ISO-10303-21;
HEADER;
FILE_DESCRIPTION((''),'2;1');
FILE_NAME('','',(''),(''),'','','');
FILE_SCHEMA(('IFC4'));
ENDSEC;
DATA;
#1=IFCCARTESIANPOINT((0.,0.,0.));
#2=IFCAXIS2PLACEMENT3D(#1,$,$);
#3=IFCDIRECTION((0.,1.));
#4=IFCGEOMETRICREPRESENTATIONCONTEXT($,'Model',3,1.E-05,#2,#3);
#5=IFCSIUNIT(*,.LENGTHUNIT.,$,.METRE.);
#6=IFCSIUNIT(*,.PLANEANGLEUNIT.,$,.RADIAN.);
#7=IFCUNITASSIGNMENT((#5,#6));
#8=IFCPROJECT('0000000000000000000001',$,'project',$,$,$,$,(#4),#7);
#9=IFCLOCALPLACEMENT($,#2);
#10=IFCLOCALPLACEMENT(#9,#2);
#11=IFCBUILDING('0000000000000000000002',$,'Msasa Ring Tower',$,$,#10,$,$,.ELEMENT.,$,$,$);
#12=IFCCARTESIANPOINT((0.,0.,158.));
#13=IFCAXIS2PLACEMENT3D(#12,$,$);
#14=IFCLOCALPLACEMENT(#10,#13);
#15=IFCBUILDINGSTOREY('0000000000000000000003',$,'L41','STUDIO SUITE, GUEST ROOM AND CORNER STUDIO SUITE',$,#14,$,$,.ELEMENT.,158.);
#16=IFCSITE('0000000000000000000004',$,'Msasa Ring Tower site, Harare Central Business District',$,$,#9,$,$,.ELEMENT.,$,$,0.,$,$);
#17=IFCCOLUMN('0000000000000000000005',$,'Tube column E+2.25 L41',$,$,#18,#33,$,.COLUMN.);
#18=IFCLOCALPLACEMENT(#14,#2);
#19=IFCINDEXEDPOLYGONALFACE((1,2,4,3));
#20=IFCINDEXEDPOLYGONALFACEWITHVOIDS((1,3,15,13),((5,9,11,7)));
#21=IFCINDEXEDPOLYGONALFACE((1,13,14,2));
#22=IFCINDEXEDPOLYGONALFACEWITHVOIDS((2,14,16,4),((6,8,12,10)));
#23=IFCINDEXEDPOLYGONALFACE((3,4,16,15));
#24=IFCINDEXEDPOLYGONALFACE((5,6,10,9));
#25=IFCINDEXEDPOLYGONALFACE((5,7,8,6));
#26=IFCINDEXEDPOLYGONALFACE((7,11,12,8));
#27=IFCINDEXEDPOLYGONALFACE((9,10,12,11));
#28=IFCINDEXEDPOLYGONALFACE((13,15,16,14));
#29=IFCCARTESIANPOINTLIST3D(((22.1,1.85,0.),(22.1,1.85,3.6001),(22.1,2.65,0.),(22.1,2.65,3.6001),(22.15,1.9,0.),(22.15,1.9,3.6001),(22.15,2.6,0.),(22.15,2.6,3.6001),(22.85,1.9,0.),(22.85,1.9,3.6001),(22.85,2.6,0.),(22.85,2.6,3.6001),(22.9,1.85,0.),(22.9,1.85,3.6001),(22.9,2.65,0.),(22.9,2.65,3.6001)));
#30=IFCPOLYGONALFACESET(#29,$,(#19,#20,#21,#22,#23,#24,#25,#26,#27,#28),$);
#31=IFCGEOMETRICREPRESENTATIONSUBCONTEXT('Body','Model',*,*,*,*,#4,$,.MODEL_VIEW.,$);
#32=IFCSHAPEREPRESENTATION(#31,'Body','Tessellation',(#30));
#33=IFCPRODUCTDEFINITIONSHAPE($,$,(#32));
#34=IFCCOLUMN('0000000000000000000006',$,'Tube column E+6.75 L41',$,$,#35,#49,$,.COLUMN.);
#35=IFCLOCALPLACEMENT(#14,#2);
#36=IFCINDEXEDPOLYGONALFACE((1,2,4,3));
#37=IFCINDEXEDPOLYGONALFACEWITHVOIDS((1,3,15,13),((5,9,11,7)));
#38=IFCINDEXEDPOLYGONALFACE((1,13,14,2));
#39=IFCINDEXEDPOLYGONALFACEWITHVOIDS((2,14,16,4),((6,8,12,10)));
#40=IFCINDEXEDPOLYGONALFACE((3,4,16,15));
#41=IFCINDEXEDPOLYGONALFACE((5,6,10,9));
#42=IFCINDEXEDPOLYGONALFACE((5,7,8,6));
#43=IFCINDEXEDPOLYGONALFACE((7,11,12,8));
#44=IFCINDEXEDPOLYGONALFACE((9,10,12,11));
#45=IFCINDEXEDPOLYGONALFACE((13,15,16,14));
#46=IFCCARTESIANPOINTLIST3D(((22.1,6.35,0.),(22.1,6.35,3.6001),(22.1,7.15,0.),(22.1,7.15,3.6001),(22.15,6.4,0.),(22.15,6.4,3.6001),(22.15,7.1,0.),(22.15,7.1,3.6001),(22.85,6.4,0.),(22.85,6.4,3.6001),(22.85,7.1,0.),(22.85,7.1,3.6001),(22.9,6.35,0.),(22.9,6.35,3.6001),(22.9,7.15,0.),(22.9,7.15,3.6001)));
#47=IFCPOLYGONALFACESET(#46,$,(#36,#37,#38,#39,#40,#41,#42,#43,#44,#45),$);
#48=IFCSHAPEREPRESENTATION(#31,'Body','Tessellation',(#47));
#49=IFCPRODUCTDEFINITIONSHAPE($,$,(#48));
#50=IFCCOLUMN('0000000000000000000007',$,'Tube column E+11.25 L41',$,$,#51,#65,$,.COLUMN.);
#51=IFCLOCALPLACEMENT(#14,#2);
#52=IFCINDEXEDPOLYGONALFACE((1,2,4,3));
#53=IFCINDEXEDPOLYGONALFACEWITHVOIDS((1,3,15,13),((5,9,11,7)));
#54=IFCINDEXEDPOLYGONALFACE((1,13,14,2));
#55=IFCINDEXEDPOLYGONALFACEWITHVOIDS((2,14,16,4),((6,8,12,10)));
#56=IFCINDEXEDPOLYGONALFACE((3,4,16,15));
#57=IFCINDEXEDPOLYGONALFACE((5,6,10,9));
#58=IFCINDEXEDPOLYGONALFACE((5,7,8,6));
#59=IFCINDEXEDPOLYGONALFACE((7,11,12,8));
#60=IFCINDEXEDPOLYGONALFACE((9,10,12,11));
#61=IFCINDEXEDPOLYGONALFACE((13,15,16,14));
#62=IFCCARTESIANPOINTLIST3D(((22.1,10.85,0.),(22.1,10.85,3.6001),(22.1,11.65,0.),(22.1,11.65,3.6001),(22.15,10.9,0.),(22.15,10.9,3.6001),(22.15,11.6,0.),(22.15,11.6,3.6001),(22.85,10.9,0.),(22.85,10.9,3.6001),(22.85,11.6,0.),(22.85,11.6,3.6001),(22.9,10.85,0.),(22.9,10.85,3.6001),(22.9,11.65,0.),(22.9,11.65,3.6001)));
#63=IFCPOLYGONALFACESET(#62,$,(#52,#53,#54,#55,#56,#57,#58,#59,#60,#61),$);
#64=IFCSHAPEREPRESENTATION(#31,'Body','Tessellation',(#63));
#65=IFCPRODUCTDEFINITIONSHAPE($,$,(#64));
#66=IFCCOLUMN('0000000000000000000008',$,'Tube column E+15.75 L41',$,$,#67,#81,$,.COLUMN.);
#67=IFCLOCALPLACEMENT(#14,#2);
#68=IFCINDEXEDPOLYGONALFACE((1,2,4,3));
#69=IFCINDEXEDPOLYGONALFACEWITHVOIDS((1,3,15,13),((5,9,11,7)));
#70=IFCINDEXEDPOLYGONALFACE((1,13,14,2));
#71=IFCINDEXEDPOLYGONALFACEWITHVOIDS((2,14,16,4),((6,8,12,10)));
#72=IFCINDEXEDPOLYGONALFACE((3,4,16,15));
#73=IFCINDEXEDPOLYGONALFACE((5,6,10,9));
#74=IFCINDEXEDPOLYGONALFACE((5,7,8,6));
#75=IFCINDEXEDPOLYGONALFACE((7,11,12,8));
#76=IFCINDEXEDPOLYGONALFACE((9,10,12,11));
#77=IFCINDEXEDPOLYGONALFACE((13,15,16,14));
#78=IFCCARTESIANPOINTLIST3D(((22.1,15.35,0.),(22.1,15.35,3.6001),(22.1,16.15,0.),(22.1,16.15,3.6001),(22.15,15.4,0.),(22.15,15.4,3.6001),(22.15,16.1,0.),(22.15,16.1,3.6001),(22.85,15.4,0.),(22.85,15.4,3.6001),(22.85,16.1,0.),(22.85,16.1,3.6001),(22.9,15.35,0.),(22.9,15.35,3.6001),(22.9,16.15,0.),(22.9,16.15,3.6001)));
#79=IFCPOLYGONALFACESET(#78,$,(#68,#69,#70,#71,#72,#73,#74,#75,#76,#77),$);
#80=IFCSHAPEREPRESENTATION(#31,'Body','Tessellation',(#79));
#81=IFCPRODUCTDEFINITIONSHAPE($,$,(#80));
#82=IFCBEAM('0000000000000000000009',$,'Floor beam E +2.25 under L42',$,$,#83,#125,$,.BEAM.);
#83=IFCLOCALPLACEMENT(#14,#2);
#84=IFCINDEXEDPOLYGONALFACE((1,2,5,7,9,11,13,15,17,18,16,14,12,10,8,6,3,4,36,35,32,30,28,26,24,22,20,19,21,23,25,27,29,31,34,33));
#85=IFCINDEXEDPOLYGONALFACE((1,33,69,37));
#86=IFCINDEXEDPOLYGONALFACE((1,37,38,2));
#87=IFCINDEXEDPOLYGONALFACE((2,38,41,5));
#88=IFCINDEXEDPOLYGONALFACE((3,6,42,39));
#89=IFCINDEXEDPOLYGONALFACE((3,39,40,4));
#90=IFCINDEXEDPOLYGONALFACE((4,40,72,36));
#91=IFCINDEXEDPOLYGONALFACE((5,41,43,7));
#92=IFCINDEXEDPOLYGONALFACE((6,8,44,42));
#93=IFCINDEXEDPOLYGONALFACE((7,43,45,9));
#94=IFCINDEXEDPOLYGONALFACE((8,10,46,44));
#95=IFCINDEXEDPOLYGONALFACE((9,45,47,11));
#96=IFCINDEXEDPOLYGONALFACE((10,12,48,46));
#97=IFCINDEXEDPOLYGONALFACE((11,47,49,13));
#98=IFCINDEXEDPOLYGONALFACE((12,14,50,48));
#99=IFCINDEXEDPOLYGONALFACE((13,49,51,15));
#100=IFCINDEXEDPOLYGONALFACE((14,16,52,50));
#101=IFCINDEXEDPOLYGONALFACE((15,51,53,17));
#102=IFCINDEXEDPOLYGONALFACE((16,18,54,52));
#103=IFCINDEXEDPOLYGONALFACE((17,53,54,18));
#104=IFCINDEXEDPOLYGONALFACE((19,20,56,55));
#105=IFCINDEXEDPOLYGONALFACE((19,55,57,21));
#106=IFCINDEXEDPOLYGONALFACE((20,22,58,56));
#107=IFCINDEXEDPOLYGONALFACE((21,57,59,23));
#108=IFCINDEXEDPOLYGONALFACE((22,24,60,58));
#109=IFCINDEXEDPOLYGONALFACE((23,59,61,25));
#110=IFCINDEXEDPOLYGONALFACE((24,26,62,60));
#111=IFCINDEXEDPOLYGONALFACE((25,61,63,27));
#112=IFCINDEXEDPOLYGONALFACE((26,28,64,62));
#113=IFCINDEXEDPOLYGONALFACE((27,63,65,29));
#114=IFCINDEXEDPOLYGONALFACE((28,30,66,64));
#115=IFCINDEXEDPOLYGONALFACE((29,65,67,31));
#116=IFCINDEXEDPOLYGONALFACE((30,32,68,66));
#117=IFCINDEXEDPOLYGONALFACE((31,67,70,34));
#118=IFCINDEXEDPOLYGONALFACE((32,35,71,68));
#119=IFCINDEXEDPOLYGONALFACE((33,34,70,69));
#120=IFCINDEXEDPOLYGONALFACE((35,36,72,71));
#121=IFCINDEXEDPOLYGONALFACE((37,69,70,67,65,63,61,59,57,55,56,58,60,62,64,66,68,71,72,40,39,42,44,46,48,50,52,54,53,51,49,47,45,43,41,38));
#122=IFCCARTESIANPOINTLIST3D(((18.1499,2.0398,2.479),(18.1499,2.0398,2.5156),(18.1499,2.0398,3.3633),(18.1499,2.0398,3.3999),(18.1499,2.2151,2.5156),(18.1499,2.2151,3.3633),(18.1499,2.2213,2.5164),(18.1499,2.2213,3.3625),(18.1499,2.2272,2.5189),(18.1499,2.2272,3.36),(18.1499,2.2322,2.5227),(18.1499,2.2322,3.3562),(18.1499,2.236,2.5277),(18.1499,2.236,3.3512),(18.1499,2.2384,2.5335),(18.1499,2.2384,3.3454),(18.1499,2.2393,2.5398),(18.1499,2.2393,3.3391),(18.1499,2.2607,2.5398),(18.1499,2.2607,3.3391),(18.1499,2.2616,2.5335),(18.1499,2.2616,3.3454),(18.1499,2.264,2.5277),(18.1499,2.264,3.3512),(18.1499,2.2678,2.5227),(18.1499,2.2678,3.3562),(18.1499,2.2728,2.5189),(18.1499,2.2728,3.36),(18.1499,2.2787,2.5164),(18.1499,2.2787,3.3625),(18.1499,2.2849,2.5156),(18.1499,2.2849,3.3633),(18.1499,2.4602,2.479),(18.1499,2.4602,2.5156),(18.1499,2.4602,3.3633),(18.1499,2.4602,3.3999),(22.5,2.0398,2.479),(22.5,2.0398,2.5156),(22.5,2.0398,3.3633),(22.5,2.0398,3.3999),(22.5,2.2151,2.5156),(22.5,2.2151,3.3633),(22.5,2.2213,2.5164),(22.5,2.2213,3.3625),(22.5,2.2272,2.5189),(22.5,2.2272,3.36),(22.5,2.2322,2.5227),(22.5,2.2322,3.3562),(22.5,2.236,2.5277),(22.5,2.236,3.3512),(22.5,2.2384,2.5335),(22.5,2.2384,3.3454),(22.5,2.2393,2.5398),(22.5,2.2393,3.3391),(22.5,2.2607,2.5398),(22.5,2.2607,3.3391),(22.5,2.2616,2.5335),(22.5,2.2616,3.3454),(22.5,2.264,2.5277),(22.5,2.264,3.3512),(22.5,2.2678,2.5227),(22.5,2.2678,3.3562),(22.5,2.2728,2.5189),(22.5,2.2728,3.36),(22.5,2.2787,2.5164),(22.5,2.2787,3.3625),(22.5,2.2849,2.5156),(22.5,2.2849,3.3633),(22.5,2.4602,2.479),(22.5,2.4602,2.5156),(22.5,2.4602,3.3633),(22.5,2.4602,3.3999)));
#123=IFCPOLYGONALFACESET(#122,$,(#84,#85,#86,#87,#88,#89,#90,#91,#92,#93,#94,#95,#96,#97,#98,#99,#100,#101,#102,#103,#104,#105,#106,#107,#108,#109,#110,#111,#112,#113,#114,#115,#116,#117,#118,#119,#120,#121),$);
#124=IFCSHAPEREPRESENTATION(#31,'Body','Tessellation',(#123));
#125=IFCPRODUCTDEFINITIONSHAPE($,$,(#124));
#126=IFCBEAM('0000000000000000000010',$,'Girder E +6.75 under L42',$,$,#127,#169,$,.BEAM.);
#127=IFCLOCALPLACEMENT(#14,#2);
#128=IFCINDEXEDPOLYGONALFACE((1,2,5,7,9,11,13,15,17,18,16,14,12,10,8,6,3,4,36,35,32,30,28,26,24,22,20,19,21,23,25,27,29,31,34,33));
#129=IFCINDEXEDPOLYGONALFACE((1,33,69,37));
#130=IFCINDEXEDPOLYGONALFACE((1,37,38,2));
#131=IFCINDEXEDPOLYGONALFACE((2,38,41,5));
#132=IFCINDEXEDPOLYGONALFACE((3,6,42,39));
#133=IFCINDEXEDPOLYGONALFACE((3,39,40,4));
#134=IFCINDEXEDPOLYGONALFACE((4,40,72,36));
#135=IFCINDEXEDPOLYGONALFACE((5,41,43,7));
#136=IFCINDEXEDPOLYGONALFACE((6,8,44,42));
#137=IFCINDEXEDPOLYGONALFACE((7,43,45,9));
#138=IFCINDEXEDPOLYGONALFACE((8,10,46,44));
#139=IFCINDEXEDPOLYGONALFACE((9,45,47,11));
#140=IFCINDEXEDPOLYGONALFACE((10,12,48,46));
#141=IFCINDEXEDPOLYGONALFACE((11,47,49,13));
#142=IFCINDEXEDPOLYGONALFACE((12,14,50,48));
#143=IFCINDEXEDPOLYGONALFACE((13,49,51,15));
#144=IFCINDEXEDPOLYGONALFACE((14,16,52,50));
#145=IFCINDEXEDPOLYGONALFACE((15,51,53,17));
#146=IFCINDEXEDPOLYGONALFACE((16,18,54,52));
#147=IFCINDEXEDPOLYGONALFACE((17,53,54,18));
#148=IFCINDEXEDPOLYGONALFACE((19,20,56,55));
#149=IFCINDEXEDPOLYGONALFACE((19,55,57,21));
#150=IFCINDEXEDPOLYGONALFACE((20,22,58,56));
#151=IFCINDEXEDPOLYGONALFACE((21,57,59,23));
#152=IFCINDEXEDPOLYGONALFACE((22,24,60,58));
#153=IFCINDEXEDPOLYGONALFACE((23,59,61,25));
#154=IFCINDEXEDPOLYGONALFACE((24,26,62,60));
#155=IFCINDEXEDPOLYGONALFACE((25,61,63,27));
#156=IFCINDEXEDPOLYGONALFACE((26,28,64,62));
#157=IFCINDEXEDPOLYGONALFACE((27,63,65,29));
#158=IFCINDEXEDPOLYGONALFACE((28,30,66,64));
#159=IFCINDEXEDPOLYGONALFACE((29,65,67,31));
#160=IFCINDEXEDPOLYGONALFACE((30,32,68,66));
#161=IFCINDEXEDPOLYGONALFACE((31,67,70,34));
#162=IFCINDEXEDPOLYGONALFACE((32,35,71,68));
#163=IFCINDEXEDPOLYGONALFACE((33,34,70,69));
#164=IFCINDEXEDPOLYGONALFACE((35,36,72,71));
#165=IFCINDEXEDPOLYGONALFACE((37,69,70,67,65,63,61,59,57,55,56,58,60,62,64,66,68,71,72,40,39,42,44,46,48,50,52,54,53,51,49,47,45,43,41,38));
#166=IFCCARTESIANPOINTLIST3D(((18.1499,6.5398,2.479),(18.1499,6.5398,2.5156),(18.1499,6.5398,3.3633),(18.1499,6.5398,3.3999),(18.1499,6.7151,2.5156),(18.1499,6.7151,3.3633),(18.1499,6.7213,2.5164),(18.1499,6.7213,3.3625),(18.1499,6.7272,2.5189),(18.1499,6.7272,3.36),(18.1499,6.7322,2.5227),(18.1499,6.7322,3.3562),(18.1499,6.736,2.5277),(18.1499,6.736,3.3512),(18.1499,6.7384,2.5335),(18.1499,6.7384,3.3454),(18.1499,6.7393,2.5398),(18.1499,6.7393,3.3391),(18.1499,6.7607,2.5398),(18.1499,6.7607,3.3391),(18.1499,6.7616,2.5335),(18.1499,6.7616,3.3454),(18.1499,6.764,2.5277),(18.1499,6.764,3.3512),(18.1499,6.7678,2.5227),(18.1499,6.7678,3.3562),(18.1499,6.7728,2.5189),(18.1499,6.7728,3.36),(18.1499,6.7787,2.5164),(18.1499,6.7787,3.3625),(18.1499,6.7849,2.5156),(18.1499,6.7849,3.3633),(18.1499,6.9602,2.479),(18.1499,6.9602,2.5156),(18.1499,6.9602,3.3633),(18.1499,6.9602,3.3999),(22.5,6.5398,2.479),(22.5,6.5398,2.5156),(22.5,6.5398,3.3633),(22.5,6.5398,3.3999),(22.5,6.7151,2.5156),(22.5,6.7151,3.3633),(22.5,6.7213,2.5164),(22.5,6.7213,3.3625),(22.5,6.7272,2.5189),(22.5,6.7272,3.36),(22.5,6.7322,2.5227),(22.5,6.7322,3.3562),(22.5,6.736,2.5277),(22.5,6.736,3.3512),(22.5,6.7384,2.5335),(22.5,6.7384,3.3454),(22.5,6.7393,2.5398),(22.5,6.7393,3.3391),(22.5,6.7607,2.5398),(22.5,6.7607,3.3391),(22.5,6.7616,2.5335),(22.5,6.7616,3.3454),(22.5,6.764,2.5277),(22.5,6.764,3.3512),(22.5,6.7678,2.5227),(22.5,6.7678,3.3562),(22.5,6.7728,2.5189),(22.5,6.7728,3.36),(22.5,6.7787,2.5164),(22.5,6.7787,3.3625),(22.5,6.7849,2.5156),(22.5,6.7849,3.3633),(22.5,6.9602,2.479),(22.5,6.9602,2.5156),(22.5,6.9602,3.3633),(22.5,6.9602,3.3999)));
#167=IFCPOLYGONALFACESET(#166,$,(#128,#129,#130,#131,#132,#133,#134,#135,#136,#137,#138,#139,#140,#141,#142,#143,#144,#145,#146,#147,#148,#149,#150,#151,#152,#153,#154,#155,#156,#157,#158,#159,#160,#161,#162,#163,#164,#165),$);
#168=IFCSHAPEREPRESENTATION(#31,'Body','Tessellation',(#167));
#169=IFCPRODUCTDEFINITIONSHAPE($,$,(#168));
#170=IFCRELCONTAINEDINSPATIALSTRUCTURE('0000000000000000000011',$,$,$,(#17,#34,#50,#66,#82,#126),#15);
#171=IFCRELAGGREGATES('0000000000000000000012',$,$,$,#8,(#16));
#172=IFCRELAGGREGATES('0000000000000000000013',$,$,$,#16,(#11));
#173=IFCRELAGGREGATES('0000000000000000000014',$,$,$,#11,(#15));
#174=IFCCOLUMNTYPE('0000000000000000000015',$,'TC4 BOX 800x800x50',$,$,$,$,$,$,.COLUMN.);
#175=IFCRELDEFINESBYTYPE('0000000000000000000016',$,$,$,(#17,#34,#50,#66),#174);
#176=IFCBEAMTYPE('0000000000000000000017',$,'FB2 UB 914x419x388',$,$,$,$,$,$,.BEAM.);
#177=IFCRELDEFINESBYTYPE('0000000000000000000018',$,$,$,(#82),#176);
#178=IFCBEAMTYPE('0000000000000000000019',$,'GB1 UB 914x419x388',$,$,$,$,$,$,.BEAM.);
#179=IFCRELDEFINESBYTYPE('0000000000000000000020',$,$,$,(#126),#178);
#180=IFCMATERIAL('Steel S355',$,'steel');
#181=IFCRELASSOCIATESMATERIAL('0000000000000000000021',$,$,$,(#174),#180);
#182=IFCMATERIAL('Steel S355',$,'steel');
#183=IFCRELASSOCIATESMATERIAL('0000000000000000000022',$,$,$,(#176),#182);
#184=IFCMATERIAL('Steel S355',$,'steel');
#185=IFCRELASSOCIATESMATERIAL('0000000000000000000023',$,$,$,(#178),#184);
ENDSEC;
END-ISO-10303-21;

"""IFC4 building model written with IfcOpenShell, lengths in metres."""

from ifc_helpers import new_model, si_unit, direction, frame, origin, origin_2d, place, context, subcontext, project, spatial, hollow_rectangle, i_section, extrude, material, material_profile, profile_set, type_object, element, save


model = new_model("IFC4")

# Units and contexts
model_context = context("Model", 3, precision=1e-05, world=origin(), true_north=direction((0.0, 1.0)))
body_context = subcontext(model_context, "Body", "Model", "MODEL_VIEW")
ifc_project = project(units=[si_unit("LENGTHUNIT", "METRE"), si_unit("PLANEANGLEUNIT", "RADIAN")], contexts=[model_context])

# Site, building, storey
site_placement = place(None, origin())
site = spatial("IfcSite", under=ifc_project, at=site_placement, Name="Msasa Ring Tower site, Harare Central Business District", CompositionType="ELEMENT", RefElevation=0.0)
building_placement = place(site_placement, origin())
building = spatial("IfcBuilding", under=site, at=building_placement, Name="Msasa Ring Tower", CompositionType="ELEMENT")
storey_placement = place(building_placement, frame((0.0, 0.0, 158.0)))
storey = spatial("IfcBuildingStorey", under=building, at=storey_placement, Name="L41", Description="STUDIO SUITE, GUEST ROOM AND CORNER STUDIO SUITE", CompositionType="ELEMENT", Elevation=158.0)

# Columns
ifc_material_1 = material(Name="Steel S355", Category="steel")
ifc_material_profile_1 = material_profile(ifc_material_1, hollow_rectangle(XDim=0.8, YDim=0.8, WallThickness=0.05, at=origin_2d()), Name="BOX 800x800x50")
ifc_profile_set_1 = profile_set([ifc_material_profile_1], Name="Steel S355")
column_type = type_object("IfcColumnType", Name="TC4 BOX 800x800x50", PredefinedType="COLUMN", material=ifc_profile_set_1)
for number, where, z_axis, x_axis, name in (
    (1, (22.5, 2.25, 0.0), (0.0, 0.0, 1.0), (1.0, 0.0, 0.0), "Tube column E+2.25 L41"),
    (2, (22.5, 6.75, 0.0), (0.0, 0.0, 1.0), (1.0, 0.0, 0.0), "Tube column E+6.75 L41"),
    (3, (22.5, 11.25, 0.0), (0.0, 0.0, 1.0), (1.0, 0.0, 0.0), "Tube column E+11.25 L41"),
    (4, (22.5, 15.75, 0.0), (0.0, 0.0, 1.0), (1.0, 0.0, 0.0), "Tube column E+15.75 L41"),
):
    element("IfcColumn", number, at=place(storey_placement, frame(where, z_axis=z_axis, x_axis=x_axis)), inside=storey, type_object=column_type, Name=name, PredefinedType="COLUMN", context=body_context, shape_type="SweptSolid", body=[
        extrude(hollow_rectangle(XDim=0.8, YDim=0.8, WallThickness=0.05, at=origin_2d()), origin(), (0.0, 0.0, 1.0), 3.6001),
    ])

# Beams
ifc_material_2 = material(Name="Steel S355", Category="steel")
ifc_material_profile_2 = material_profile(ifc_material_2, i_section(OverallWidth=0.4204, OverallDepth=0.9209, WebThickness=0.0215, FlangeThickness=0.0366, FilletRadius=0.0242, at=origin_2d()), Name="UB 914x419x388")
ifc_profile_set_2 = profile_set([ifc_material_profile_2], Name="Steel S355")
beam_type_1 = type_object("IfcBeamType", Name="FB2 UB 914x419x388", PredefinedType="BEAM", material=ifc_profile_set_2)
beam_1_placement = place(storey_placement, frame((22.5, 2.25, 2.9395), z_axis=(-1.0, 0.0, 0.0), x_axis=(0.0, -1.0, 0.0)))
element("IfcBeam", 5, at=beam_1_placement, inside=storey, type_object=beam_type_1, Name="Floor beam E +2.25 under L42", PredefinedType="BEAM", context=body_context, shape_type="SweptSolid", body=[
    extrude(i_section(OverallWidth=0.4204, OverallDepth=0.9209, WebThickness=0.0215, FlangeThickness=0.0366, FilletRadius=0.0242, at=origin_2d()), origin(), (0.0, 0.0, 1.0), 4.3501),
])
ifc_material_3 = material(Name="Steel S355", Category="steel")
ifc_material_profile_3 = material_profile(ifc_material_3, i_section(OverallWidth=0.4204, OverallDepth=0.9209, WebThickness=0.0215, FlangeThickness=0.0366, FilletRadius=0.0242, at=origin_2d()), Name="UB 914x419x388")
ifc_profile_set_3 = profile_set([ifc_material_profile_3], Name="Steel S355")
beam_type_2 = type_object("IfcBeamType", Name="GB1 UB 914x419x388", PredefinedType="BEAM", material=ifc_profile_set_3)
beam_2_placement = place(storey_placement, frame((18.1499, 6.75, 2.9395), z_axis=(1.0, 0.0, 0.0), x_axis=(0.0, 1.0, 0.0)))
element("IfcBeam", 6, at=beam_2_placement, inside=storey, type_object=beam_type_2, Name="Girder E +6.75 under L42", PredefinedType="BEAM", context=body_context, shape_type="SweptSolid", body=[
    extrude(i_section(OverallWidth=0.4204, OverallDepth=0.9209, WebThickness=0.0215, FlangeThickness=0.0366, FilletRadius=0.0242, at=origin_2d()), origin(), (0.0, 0.0, 1.0), 4.3501),
])

save(model, "model.ifc")
